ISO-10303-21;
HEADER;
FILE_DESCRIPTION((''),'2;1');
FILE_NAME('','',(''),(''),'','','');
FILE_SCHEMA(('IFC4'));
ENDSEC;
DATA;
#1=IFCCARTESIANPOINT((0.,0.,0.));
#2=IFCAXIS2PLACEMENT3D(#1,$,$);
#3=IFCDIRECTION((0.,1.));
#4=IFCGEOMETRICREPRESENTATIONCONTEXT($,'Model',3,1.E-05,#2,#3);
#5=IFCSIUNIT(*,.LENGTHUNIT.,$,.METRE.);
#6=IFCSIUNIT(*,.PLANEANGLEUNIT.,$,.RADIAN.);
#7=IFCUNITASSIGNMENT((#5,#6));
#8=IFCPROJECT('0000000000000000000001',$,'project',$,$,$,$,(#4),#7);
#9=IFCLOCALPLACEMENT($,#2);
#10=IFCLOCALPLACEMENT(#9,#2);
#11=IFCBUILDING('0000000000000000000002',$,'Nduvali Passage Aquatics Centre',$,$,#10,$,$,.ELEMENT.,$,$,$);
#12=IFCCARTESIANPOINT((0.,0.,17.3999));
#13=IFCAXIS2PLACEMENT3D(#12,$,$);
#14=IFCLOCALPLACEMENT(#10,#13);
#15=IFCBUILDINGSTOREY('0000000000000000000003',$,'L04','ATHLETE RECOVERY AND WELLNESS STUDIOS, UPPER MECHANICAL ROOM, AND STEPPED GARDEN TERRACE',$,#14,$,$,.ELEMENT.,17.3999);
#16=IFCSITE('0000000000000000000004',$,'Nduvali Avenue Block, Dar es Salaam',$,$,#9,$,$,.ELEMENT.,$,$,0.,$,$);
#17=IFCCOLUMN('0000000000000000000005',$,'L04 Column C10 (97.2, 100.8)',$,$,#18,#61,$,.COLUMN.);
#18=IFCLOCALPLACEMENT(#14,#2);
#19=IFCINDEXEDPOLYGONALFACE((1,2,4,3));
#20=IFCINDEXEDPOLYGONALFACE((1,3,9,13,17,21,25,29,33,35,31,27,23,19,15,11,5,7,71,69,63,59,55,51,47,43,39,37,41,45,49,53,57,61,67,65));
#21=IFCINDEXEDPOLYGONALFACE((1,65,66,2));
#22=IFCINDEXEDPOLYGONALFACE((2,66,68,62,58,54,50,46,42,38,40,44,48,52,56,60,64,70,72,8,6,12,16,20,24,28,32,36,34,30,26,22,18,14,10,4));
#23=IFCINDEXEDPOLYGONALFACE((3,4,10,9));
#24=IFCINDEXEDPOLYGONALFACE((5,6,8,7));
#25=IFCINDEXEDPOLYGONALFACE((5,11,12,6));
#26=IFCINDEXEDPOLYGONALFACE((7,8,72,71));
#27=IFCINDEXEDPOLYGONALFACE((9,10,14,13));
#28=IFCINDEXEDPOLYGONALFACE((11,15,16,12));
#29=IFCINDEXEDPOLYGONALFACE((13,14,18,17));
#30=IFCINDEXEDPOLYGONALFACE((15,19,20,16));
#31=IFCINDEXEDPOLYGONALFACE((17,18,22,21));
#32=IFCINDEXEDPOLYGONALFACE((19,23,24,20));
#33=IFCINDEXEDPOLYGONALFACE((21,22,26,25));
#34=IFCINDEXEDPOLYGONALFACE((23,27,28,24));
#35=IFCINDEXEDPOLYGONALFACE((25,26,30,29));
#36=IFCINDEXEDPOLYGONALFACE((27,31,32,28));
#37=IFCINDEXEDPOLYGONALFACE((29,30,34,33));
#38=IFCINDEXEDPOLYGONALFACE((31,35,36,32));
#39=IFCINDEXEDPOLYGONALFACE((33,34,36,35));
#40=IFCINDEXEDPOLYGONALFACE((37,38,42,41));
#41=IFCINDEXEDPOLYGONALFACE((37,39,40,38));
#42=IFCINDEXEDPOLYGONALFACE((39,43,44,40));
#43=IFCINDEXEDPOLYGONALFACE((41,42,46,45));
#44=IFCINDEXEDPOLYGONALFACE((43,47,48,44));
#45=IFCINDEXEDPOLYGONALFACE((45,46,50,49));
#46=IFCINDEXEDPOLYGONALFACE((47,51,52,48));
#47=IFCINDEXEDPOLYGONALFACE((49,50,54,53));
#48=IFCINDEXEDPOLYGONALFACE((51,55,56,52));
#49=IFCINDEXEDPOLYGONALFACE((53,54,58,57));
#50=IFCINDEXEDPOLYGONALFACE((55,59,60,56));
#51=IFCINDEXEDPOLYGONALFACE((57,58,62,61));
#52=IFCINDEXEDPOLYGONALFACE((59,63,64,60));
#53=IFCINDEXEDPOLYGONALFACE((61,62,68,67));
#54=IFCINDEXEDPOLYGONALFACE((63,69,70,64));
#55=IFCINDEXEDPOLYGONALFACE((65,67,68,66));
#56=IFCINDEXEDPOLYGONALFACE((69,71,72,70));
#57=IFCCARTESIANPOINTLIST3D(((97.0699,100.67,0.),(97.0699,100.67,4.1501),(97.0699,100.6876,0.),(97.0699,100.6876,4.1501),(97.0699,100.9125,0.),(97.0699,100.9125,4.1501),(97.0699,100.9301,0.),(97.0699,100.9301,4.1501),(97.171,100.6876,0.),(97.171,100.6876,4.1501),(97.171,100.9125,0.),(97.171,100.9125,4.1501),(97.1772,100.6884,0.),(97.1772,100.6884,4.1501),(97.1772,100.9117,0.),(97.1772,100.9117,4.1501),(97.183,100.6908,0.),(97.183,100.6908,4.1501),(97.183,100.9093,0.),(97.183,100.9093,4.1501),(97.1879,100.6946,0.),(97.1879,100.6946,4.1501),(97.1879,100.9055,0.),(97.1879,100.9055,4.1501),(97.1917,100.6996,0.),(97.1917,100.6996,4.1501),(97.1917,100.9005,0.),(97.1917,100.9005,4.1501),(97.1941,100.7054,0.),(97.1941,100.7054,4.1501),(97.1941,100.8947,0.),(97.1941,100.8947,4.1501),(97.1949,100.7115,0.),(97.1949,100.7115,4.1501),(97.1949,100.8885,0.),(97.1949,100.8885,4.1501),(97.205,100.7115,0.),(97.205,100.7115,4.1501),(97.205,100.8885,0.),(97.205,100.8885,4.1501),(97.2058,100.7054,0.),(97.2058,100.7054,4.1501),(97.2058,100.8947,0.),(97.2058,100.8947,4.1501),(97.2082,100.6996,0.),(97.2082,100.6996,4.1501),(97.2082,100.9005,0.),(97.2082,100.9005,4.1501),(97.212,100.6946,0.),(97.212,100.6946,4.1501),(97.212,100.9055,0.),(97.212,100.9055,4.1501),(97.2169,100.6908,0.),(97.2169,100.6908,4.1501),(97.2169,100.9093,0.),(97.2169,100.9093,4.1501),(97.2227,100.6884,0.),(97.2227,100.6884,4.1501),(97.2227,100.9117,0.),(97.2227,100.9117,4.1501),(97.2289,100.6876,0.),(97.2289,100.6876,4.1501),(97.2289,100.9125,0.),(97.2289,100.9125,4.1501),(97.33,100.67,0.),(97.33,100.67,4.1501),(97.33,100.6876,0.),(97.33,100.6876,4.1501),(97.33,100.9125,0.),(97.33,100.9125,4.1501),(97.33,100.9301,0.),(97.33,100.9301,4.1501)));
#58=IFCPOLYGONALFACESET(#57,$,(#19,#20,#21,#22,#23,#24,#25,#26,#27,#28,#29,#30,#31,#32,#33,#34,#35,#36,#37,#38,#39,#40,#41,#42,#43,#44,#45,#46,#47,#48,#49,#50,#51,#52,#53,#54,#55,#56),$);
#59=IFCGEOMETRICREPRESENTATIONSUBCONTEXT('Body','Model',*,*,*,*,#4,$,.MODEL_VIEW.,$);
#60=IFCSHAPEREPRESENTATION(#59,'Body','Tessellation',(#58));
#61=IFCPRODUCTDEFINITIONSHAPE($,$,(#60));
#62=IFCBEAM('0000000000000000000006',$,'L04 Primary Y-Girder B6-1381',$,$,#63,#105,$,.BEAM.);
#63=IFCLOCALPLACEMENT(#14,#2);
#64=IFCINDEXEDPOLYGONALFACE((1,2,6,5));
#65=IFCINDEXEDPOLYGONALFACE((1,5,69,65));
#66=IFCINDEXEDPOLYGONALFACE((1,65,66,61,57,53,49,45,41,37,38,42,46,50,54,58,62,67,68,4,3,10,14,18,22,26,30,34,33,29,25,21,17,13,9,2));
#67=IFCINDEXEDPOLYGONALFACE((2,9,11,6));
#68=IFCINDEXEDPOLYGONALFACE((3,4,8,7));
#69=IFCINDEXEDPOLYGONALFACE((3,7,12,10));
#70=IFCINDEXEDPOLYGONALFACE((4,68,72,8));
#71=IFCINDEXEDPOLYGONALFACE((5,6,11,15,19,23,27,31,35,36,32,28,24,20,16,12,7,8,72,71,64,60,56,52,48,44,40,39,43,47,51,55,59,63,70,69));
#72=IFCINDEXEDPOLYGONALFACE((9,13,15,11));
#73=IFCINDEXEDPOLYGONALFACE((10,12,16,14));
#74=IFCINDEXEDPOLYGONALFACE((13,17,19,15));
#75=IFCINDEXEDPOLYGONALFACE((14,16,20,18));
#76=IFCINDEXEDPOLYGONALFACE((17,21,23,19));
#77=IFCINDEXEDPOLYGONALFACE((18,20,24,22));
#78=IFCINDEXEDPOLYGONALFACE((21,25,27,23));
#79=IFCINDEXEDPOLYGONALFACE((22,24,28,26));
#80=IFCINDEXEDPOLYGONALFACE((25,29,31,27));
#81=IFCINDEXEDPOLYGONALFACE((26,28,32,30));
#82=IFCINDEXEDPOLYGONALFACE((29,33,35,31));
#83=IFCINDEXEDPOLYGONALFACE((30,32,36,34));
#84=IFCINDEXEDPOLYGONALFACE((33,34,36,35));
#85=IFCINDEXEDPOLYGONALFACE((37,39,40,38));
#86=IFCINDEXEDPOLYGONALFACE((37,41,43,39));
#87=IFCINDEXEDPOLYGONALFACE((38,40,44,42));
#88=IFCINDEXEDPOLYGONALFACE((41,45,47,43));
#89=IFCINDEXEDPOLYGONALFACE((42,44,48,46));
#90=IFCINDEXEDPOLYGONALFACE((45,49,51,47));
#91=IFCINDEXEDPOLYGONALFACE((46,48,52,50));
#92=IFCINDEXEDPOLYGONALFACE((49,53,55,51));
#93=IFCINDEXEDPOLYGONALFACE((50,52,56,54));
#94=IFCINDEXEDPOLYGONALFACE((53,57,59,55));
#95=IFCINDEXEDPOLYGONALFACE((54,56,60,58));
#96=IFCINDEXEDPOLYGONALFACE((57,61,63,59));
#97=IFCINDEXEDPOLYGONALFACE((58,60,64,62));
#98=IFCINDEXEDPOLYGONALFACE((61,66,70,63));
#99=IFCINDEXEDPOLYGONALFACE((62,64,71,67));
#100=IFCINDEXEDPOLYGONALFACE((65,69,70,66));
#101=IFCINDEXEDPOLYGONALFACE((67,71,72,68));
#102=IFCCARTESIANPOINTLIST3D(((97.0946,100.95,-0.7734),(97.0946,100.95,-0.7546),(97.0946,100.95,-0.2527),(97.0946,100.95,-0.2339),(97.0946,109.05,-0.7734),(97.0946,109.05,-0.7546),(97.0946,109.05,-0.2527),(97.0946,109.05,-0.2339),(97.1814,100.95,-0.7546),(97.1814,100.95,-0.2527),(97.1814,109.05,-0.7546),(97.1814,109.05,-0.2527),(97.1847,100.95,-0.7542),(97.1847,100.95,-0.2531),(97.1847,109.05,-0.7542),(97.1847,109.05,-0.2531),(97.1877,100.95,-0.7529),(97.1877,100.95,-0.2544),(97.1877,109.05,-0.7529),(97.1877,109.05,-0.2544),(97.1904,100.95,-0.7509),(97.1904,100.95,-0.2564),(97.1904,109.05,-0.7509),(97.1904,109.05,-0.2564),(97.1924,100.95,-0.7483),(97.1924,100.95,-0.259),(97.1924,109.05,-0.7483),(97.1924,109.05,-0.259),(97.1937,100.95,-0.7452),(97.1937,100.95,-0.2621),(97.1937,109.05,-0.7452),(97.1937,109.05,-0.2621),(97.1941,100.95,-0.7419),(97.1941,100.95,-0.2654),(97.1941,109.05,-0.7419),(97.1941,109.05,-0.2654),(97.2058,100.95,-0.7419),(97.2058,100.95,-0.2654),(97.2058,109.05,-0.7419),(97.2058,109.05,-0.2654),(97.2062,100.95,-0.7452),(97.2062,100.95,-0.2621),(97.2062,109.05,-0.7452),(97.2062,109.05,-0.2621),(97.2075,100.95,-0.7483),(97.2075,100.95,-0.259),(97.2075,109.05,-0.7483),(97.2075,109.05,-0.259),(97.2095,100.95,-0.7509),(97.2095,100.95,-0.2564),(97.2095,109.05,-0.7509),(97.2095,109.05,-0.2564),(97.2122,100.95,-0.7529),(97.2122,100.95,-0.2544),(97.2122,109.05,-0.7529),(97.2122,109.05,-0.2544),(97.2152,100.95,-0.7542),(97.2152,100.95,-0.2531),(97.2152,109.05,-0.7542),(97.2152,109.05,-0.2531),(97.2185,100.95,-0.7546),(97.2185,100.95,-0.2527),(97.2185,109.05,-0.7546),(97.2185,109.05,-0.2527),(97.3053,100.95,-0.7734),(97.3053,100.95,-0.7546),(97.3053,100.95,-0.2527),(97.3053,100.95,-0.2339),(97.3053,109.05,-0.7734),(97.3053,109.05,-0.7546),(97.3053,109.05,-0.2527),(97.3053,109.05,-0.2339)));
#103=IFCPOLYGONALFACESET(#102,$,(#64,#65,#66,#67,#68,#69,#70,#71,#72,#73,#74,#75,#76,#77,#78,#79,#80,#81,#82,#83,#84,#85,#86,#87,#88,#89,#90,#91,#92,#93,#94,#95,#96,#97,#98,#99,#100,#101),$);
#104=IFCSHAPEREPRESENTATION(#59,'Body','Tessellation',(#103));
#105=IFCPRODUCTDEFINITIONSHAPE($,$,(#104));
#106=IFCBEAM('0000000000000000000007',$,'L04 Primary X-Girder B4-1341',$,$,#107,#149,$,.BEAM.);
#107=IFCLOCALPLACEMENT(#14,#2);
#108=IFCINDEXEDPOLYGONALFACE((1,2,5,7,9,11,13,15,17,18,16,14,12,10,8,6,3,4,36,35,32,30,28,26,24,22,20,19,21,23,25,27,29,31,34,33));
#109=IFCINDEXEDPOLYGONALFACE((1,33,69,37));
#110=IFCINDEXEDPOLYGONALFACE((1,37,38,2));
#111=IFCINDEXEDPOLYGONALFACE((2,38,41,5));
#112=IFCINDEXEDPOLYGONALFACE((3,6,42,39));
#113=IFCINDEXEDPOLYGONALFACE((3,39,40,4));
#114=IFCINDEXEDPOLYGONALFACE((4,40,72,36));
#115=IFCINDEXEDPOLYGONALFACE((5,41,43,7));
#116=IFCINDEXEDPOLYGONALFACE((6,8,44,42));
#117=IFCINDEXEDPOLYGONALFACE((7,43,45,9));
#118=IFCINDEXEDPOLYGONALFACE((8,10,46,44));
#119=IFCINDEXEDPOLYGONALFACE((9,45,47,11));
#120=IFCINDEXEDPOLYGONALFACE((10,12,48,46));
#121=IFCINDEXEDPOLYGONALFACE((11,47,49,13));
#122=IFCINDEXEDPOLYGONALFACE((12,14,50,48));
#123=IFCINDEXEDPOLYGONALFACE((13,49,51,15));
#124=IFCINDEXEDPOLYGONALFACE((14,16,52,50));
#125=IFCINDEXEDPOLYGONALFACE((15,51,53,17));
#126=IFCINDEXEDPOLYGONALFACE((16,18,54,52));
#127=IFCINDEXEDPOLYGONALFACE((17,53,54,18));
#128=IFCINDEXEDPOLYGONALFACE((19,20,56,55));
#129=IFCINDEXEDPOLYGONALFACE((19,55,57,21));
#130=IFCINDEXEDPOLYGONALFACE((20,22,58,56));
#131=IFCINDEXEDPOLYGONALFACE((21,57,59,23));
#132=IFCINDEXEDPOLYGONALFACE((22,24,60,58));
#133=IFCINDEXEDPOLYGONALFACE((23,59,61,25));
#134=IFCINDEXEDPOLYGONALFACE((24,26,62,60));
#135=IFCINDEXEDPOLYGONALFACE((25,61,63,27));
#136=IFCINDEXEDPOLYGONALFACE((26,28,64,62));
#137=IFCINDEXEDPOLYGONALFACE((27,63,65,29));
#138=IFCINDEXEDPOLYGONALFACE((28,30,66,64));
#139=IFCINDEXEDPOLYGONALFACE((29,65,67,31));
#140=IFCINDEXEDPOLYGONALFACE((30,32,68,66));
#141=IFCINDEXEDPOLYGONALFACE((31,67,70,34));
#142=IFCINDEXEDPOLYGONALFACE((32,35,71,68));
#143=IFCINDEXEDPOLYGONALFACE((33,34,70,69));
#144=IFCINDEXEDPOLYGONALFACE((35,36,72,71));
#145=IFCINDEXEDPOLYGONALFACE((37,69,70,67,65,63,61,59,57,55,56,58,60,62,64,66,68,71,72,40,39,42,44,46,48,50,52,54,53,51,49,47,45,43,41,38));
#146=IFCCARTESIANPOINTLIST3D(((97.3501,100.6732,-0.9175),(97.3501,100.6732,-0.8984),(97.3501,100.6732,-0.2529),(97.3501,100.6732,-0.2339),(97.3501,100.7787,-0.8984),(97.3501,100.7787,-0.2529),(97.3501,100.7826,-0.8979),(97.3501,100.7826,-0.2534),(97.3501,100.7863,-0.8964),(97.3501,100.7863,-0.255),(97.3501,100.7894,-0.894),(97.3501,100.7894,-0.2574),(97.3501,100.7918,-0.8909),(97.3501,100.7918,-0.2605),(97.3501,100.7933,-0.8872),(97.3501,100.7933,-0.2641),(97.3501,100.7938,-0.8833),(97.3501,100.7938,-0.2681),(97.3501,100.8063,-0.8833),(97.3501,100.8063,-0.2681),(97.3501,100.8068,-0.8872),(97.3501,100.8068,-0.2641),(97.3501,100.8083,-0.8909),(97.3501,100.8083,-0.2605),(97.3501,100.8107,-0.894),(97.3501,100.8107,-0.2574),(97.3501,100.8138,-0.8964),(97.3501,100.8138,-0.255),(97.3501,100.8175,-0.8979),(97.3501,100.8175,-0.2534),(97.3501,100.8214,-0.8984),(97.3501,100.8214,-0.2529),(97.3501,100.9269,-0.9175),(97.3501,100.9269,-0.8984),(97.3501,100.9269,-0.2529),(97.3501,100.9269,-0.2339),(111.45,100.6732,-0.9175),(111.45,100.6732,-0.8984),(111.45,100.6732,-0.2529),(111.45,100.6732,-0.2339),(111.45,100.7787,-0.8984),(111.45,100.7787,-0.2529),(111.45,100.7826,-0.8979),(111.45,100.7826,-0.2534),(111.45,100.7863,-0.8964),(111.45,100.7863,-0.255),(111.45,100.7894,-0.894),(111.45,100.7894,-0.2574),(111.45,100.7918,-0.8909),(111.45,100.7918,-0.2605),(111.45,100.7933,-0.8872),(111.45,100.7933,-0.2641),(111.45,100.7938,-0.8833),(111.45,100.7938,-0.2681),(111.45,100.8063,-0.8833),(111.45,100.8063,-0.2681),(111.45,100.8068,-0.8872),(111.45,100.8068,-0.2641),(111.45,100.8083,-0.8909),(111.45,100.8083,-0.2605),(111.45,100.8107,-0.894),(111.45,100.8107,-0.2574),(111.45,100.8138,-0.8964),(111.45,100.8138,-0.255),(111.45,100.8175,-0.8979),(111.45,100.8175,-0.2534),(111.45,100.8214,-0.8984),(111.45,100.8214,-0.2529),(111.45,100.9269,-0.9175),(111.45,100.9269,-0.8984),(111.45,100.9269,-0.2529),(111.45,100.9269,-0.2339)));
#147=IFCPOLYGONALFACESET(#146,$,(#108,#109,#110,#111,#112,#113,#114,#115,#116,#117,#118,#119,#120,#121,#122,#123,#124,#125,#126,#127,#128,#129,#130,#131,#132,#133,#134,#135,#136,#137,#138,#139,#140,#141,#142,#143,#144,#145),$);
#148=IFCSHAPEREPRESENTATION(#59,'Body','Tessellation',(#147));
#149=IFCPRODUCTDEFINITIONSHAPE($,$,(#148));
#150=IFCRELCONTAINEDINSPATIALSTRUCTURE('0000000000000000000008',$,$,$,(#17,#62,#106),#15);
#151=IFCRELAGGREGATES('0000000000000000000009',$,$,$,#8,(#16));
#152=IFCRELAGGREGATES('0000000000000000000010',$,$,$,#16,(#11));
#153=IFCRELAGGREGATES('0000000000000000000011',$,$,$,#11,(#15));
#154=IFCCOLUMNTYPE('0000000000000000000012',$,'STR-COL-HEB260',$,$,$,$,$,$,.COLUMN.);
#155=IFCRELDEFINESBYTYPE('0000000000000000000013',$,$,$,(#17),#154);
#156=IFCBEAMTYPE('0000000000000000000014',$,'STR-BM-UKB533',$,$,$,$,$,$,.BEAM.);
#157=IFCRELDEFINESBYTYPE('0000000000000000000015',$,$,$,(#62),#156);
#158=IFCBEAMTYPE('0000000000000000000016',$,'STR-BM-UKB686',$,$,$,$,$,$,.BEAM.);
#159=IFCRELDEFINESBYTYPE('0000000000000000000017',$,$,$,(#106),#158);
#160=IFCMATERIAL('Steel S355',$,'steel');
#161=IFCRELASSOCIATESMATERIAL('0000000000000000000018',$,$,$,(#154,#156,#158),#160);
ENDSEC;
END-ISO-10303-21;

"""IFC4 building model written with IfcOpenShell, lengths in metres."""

from ifc_helpers import new_model, si_unit, direction, frame, origin, origin_2d, place, context, subcontext, project, spatial, i_section, extrude, material, material_profile, profile_set, type_object, element, save


model = new_model("IFC4")

# Units and contexts
model_context = context("Model", 3, precision=1e-05, world=origin(), true_north=direction((0.0, 1.0)))
body_context = subcontext(model_context, "Body", "Model", "MODEL_VIEW")
ifc_project = project(units=[si_unit("LENGTHUNIT", "METRE"), si_unit("PLANEANGLEUNIT", "RADIAN")], contexts=[model_context])

# Site, building, storey
site_placement = place(None, origin())
site = spatial("IfcSite", under=ifc_project, at=site_placement, Name="Nduvali Avenue Block, Dar es Salaam", CompositionType="ELEMENT", RefElevation=0.0)
building_placement = place(site_placement, origin())
building = spatial("IfcBuilding", under=site, at=building_placement, Name="Nduvali Passage Aquatics Centre", CompositionType="ELEMENT")
storey_placement = place(building_placement, frame((0.0, 0.0, 17.3999)))
storey = spatial("IfcBuildingStorey", under=building, at=storey_placement, Name="L04", Description="ATHLETE RECOVERY AND WELLNESS STUDIOS, UPPER MECHANICAL ROOM, AND STEPPED GARDEN TERRACE", CompositionType="ELEMENT", Elevation=17.3999)

# Column
ifc_material_1 = material(Name="Steel S355", Category="steel")
ifc_material_profile_1 = material_profile(ifc_material_1, i_section(OverallWidth=0.26, OverallDepth=0.26, WebThickness=0.01, FlangeThickness=0.0176, FilletRadius=0.0239, at=origin_2d()), Name="HEB 260")
ifc_profile_set_1 = profile_set([ifc_material_profile_1], Name="Steel S355")
column_type = type_object("IfcColumnType", Name="STR-COL-HEB260", PredefinedType="COLUMN", material=ifc_profile_set_1)
column_placement = place(storey_placement, frame((97.2, 100.8, 0.0), z_axis=(0.0, 0.0, 1.0), x_axis=(1.0, 0.0, 0.0)))
element("IfcColumn", 1, at=column_placement, inside=storey, type_object=column_type, Name="L04 Column C10 (97.2, 100.8)", PredefinedType="COLUMN", context=body_context, shape_type="SweptSolid", body=[
    extrude(i_section(OverallWidth=0.26, OverallDepth=0.26, WebThickness=0.01, FlangeThickness=0.0176, FilletRadius=0.0239, at=origin_2d()), origin(), (0.0, 0.0, 1.0), 4.1501),
])

# Beams
ifc_material_profile_2 = material_profile(ifc_material_1, i_section(OverallWidth=0.2107, OverallDepth=0.5396, WebThickness=0.0117, FlangeThickness=0.0188, FilletRadius=0.0127, at=origin_2d()), Name="UKB 533x210x109")
ifc_profile_set_2 = profile_set([ifc_material_profile_2], Name="Steel S355")
beam_type_1 = type_object("IfcBeamType", Name="STR-BM-UKB533", PredefinedType="BEAM", material=ifc_profile_set_2)
beam_1_placement = place(storey_placement, frame((97.2, 100.95, -0.5037), z_axis=(0.0, 1.0, 0.0), x_axis=(-1.0, 0.0, 0.0)))
element("IfcBeam", 2, at=beam_1_placement, inside=storey, type_object=beam_type_1, Name="L04 Primary Y-Girder B6-1381", PredefinedType="BEAM", context=body_context, shape_type="SweptSolid", body=[
    extrude(i_section(OverallWidth=0.2107, OverallDepth=0.5396, WebThickness=0.0117, FlangeThickness=0.0188, FilletRadius=0.0127, at=origin_2d()), origin(), (0.0, 0.0, 1.0), 8.1001),
])
ifc_material_profile_3 = material_profile(ifc_material_1, i_section(OverallWidth=0.2537, OverallDepth=0.6836, WebThickness=0.0125, FlangeThickness=0.019, FilletRadius=0.0151, at=origin_2d()), Name="UKB 686x254x140")
ifc_profile_set_3 = profile_set([ifc_material_profile_3], Name="Steel S355")
beam_type_2 = type_object("IfcBeamType", Name="STR-BM-UKB686", PredefinedType="BEAM", material=ifc_profile_set_3)
beam_2_placement = place(storey_placement, frame((97.3501, 100.8, -0.5757), z_axis=(1.0, 0.0, 0.0), x_axis=(0.0, 1.0, 0.0)))
element("IfcBeam", 3, at=beam_2_placement, inside=storey, type_object=beam_type_2, Name="L04 Primary X-Girder B4-1341", PredefinedType="BEAM", context=body_context, shape_type="SweptSolid", body=[
    extrude(i_section(OverallWidth=0.2537, OverallDepth=0.6836, WebThickness=0.0125, FlangeThickness=0.019, FilletRadius=0.0151, at=origin_2d()), origin(), (0.0, 0.0, 1.0), 14.0999),
])

save(model, "model.ifc")
